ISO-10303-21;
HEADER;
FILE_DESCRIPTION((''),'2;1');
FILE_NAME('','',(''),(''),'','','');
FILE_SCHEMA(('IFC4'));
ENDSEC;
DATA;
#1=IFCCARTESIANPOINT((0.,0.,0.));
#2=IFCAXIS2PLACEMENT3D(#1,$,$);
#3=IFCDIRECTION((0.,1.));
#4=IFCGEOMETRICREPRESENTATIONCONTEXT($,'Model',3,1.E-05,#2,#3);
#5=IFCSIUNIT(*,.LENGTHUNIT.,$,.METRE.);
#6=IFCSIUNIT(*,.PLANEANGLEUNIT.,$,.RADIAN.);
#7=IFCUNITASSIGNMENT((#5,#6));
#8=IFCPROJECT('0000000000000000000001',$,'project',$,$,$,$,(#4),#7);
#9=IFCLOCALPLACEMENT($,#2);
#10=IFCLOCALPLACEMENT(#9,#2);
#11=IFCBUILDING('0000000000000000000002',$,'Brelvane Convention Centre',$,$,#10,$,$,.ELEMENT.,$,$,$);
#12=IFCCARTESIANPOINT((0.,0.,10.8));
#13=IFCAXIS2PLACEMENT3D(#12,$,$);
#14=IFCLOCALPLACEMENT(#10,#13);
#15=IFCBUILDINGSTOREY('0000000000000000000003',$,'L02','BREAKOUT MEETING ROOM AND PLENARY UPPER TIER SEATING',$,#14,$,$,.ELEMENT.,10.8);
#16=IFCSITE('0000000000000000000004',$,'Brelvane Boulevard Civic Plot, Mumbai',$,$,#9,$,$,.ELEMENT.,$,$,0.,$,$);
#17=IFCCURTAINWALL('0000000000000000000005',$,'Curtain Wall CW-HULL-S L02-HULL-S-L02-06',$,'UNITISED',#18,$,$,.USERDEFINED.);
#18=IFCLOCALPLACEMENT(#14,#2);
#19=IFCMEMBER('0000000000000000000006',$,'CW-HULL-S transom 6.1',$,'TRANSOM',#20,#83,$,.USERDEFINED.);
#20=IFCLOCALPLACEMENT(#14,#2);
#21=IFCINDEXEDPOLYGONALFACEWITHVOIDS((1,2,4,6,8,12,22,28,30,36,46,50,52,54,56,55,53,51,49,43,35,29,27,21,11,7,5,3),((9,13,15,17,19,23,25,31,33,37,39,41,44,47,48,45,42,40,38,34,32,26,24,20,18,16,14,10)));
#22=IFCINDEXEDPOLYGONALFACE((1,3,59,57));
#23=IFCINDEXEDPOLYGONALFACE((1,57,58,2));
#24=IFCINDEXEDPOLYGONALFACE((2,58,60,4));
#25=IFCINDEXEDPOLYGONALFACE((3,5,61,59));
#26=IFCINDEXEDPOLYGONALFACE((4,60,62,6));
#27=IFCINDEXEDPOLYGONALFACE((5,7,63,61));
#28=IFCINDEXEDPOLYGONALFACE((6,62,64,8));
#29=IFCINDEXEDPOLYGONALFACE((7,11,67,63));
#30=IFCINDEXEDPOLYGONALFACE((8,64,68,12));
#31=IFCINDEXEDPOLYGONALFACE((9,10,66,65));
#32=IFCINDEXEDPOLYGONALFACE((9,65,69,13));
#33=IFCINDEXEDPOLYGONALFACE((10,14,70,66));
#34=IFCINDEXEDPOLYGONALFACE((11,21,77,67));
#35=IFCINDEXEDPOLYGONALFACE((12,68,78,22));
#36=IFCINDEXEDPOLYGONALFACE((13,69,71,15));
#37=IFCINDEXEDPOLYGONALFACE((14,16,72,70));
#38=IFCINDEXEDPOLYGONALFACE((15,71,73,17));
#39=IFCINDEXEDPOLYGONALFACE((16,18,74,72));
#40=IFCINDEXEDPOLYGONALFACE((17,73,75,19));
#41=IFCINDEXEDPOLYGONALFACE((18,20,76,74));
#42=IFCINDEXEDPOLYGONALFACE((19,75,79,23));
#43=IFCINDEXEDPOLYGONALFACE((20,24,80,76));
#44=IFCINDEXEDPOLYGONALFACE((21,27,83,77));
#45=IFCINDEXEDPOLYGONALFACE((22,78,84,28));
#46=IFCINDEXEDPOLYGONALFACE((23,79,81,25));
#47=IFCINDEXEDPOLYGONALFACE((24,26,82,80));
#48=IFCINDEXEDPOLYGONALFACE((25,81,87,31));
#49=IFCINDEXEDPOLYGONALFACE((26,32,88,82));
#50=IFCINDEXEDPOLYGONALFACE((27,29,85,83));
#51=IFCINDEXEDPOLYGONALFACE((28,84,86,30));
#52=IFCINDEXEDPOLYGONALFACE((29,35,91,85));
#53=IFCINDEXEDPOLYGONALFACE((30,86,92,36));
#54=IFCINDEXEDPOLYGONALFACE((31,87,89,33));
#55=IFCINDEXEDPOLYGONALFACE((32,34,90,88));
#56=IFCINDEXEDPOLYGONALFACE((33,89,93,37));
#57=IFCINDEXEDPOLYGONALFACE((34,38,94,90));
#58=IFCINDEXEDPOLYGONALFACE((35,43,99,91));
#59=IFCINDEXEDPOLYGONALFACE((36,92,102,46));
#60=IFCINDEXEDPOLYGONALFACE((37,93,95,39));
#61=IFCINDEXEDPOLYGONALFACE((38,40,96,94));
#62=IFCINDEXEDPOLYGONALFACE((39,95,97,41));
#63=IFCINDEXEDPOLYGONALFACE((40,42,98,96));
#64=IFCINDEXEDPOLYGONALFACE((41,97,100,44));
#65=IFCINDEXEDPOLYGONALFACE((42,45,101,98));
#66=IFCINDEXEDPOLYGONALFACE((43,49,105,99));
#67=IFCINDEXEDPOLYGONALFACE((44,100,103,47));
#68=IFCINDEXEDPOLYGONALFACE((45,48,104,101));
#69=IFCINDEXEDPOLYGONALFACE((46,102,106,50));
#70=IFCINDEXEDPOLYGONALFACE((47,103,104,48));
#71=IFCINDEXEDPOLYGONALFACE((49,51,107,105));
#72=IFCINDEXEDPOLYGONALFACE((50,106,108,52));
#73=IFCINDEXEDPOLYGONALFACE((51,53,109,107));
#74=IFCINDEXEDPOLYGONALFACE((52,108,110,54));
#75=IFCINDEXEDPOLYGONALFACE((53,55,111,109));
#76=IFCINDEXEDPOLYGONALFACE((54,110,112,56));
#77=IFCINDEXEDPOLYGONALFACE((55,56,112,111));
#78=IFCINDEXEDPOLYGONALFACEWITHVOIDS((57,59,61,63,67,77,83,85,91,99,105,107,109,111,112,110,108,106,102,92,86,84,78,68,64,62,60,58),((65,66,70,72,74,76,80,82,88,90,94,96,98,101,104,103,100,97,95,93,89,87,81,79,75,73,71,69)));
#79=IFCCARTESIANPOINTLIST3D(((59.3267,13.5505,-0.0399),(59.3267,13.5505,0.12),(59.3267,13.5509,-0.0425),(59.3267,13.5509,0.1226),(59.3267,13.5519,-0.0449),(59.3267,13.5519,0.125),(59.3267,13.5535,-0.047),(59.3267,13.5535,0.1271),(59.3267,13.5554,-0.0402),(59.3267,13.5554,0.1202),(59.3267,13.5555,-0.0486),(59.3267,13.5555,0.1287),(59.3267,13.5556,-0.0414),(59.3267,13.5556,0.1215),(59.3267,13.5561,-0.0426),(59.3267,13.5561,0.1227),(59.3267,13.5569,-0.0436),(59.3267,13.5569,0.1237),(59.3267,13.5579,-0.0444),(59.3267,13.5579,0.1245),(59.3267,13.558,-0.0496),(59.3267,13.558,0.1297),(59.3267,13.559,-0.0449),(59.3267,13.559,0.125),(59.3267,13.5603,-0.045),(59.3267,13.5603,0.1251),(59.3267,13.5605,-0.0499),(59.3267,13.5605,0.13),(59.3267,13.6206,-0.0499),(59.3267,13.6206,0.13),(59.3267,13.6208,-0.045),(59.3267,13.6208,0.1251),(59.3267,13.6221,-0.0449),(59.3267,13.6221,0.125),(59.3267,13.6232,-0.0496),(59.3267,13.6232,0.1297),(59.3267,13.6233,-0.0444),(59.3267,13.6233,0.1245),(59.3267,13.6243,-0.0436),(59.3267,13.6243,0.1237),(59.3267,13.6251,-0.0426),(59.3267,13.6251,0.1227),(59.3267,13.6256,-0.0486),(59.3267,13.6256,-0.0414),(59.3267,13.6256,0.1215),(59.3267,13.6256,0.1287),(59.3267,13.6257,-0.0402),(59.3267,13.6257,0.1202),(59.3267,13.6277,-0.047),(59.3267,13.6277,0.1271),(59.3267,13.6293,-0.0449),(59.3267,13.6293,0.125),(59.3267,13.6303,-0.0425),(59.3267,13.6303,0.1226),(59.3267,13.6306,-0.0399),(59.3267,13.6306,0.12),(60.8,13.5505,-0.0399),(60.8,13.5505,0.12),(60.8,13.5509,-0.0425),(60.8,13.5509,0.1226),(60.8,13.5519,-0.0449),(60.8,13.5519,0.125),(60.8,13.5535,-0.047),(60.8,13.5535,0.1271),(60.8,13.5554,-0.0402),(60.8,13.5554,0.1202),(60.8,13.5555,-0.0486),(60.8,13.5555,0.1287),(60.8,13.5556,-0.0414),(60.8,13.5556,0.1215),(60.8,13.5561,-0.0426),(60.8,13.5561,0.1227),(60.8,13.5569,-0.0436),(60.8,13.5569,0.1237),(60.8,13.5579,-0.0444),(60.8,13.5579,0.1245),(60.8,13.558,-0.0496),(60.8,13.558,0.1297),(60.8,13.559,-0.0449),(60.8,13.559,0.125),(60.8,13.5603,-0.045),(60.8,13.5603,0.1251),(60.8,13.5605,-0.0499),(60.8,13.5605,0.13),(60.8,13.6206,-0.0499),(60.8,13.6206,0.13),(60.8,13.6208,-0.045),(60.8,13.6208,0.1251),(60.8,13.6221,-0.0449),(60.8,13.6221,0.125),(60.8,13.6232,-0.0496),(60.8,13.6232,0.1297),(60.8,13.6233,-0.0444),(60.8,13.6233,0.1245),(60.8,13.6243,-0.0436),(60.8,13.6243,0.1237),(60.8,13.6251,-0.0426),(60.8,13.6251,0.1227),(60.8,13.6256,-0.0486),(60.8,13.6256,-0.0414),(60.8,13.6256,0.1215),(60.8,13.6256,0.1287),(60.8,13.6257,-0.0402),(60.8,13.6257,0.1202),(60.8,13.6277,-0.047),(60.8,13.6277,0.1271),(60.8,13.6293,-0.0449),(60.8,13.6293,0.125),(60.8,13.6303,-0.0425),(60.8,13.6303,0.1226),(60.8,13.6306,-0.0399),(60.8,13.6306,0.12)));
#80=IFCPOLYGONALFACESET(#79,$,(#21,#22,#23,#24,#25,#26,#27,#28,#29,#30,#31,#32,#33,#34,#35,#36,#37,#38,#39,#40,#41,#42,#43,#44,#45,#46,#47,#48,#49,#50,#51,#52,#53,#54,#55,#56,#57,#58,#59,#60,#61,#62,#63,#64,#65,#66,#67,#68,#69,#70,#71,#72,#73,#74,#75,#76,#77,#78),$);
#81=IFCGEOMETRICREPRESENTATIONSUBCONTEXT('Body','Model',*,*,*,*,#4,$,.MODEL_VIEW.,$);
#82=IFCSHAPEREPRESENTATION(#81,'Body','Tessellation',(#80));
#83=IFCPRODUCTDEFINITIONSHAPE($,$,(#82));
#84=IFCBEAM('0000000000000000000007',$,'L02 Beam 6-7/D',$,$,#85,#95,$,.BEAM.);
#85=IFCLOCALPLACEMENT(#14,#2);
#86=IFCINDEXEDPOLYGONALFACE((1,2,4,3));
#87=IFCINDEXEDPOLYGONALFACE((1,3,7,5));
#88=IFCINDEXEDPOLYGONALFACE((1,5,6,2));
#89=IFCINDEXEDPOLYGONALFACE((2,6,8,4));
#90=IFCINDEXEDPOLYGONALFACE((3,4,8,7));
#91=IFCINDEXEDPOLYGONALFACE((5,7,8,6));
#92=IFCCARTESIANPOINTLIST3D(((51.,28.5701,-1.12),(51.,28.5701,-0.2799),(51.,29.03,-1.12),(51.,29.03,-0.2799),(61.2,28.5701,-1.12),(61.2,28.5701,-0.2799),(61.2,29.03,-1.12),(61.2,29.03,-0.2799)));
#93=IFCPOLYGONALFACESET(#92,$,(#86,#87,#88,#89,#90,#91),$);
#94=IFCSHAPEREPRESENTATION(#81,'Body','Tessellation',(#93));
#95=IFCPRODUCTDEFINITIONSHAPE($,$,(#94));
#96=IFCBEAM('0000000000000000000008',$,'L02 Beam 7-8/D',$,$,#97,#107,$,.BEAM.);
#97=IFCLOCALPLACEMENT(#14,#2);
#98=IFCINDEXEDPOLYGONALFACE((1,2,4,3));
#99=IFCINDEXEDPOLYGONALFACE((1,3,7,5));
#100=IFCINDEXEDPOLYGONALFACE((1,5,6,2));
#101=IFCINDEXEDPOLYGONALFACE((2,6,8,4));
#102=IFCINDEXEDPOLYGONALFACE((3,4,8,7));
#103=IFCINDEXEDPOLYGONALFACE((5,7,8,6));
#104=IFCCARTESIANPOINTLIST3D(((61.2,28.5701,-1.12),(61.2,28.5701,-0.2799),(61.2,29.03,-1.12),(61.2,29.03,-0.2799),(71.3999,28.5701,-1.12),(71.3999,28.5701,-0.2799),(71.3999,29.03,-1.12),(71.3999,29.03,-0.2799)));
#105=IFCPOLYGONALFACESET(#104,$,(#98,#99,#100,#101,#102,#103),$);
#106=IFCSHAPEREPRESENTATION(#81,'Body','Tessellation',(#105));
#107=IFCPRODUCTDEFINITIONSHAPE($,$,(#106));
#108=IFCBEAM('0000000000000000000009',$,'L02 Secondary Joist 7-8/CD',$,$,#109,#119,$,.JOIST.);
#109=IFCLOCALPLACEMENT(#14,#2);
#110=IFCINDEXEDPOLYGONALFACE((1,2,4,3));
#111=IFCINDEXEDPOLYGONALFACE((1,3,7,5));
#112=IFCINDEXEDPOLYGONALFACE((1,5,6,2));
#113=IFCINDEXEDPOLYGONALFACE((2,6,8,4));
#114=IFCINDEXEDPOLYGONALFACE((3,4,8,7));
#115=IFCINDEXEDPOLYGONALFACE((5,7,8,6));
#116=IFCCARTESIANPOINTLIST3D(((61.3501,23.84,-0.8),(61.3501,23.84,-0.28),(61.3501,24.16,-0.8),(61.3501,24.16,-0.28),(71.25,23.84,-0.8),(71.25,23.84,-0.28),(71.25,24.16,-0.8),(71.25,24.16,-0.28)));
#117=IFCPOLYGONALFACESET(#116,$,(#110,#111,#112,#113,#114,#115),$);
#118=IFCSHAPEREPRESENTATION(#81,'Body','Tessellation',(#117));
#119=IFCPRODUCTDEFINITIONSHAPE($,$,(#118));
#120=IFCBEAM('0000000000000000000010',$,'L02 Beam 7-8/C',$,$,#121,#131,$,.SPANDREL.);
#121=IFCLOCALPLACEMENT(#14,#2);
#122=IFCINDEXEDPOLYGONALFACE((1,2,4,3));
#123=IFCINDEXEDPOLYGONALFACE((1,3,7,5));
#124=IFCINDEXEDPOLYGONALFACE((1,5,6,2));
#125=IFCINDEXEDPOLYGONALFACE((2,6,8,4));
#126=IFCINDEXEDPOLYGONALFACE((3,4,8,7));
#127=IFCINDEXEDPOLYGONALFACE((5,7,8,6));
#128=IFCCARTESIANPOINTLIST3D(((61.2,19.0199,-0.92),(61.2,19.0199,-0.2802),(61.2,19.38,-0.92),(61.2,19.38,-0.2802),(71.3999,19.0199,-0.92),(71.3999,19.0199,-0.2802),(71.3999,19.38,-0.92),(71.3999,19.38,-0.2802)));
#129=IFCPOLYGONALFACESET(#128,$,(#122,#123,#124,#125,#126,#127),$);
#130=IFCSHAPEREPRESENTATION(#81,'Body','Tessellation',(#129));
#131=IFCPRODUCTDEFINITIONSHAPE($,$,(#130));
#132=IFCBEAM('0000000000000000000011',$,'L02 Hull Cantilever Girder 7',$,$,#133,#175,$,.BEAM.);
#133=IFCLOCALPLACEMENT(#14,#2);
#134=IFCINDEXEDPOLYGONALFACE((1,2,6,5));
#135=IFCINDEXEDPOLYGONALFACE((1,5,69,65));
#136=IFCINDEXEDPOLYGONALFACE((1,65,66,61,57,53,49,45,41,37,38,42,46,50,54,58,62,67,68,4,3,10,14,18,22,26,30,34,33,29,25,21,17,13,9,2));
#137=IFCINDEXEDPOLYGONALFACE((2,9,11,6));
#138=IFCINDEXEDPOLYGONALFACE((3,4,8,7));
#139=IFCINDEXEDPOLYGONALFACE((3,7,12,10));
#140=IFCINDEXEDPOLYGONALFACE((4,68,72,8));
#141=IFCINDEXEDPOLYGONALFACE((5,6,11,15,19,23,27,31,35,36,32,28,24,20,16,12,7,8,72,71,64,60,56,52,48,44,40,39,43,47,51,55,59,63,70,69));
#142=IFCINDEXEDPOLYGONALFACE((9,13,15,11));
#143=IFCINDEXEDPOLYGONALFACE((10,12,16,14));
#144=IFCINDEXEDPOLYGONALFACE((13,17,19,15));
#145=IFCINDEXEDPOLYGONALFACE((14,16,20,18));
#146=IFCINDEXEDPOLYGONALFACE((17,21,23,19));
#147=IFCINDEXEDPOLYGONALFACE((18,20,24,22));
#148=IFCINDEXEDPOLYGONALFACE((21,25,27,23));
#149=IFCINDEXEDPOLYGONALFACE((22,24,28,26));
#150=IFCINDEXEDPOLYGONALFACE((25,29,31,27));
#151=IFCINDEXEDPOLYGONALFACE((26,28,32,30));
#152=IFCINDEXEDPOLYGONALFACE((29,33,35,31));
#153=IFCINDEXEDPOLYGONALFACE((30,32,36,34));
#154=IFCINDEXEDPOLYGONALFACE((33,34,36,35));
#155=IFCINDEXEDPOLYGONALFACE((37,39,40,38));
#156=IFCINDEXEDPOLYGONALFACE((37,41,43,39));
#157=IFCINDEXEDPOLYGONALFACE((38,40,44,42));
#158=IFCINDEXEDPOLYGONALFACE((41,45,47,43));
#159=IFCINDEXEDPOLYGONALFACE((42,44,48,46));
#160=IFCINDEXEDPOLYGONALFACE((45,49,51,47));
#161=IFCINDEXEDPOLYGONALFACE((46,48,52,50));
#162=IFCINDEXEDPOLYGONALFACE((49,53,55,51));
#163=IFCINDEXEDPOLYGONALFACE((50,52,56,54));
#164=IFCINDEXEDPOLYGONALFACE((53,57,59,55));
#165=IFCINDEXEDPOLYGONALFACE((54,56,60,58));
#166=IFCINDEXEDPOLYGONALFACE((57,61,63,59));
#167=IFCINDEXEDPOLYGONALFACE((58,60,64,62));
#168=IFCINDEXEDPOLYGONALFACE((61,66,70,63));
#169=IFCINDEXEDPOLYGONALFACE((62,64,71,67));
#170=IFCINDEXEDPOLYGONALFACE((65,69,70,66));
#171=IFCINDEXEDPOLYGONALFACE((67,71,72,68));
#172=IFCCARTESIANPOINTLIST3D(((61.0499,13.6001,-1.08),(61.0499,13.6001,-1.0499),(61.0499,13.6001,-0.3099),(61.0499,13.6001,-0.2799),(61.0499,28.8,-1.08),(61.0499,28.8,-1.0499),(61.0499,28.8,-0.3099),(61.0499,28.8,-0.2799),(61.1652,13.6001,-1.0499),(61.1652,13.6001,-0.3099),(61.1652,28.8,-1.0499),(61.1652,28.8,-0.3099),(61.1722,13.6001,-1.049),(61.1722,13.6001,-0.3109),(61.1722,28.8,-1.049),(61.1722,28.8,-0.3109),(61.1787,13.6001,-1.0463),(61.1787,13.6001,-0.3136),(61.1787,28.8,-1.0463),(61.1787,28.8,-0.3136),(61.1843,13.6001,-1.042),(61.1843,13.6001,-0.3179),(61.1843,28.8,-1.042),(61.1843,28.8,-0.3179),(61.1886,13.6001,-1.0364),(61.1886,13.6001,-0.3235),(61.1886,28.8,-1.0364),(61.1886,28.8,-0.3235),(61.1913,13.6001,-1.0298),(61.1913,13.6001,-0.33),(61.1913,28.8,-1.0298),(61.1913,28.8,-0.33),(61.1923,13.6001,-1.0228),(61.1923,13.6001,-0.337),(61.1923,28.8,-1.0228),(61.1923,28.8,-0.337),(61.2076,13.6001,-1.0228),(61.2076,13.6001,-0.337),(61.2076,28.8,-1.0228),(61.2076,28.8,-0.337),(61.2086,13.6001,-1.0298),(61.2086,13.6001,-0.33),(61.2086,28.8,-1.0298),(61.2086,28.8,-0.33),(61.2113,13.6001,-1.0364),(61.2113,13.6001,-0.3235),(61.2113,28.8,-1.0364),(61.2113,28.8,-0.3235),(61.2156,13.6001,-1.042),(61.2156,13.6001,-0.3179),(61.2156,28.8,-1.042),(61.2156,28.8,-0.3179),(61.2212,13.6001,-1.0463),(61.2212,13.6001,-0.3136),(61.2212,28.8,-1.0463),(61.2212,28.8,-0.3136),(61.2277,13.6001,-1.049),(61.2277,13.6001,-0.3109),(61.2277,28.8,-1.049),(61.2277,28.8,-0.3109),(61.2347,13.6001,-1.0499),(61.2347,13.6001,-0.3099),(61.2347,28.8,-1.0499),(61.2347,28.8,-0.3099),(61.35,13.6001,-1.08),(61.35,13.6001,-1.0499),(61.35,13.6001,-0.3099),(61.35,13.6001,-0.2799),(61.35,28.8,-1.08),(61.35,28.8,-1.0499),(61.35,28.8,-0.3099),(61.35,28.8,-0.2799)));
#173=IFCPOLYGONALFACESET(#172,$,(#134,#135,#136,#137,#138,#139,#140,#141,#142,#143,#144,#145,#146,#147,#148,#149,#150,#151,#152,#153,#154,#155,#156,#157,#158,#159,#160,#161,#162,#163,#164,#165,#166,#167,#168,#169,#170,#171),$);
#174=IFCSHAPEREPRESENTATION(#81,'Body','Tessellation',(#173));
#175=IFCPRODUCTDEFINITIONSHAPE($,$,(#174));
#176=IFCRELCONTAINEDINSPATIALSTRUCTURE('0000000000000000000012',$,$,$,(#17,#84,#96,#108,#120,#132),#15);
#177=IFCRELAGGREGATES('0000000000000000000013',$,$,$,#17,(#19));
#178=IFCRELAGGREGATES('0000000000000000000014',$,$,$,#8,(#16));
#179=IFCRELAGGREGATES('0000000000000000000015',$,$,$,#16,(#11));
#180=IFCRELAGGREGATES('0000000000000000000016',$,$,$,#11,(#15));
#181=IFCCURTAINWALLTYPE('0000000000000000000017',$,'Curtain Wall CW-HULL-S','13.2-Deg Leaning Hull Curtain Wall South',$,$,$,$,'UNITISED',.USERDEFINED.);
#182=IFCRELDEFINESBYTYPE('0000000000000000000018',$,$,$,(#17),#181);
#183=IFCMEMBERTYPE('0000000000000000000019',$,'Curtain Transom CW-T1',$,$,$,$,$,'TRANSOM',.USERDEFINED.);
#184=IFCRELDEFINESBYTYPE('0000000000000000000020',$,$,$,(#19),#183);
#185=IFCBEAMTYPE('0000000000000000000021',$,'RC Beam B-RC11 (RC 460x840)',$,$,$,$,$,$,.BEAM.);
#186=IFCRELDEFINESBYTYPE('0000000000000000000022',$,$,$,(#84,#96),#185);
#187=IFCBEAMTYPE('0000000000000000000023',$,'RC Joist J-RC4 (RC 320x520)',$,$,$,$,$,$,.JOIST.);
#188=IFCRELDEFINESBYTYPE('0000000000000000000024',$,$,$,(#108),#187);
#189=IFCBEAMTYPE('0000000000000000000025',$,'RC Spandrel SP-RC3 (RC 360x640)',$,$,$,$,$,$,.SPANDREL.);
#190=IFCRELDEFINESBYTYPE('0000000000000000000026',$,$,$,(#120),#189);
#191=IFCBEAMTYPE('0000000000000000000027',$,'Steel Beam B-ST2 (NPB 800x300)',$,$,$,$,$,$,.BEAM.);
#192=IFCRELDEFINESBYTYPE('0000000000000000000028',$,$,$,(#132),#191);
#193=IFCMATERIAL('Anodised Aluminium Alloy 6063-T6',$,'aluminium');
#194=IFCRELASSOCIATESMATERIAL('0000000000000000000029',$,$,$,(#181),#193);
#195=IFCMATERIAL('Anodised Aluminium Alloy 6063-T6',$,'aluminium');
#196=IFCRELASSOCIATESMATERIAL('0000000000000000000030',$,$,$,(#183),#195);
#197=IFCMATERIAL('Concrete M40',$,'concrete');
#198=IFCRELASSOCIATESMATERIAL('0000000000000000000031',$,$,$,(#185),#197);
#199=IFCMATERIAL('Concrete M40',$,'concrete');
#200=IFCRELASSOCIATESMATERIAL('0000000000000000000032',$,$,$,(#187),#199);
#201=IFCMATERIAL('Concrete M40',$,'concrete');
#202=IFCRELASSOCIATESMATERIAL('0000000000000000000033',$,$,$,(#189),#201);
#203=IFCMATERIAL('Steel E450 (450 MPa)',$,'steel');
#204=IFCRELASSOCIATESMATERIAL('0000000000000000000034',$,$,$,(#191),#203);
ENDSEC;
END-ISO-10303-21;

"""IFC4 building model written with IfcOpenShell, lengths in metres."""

from ifc_helpers import new_model, si_unit, direction, frame, origin, origin_2d, place, context, subcontext, project, spatial, rectangle, hollow_rectangle, i_section, extrude, material, material_profile, profile_set, type_object, element, aggregate, save


model = new_model("IFC4")

# Units and contexts
model_context = context("Model", 3, precision=1e-05, world=origin(), true_north=direction((0.0, 1.0)))
body_context = subcontext(model_context, "Body", "Model", "MODEL_VIEW")
ifc_project = project(units=[si_unit("LENGTHUNIT", "METRE"), si_unit("PLANEANGLEUNIT", "RADIAN")], contexts=[model_context])

# Site, building, storey
site_placement = place(None, origin())
site = spatial("IfcSite", under=ifc_project, at=site_placement, Name="Brelvane Boulevard Civic Plot, Mumbai", CompositionType="ELEMENT", RefElevation=0.0)
building_placement = place(site_placement, origin())
building = spatial("IfcBuilding", under=site, at=building_placement, Name="Brelvane Convention Centre", CompositionType="ELEMENT")
storey_placement = place(building_placement, frame((0.0, 0.0, 10.8)))
storey = spatial("IfcBuildingStorey", under=building, at=storey_placement, Name="L02", Description="BREAKOUT MEETING ROOM AND PLENARY UPPER TIER SEATING", CompositionType="ELEMENT", Elevation=10.8)

# Curtain wall, member
ifc_material_1 = material(Name="Anodised Aluminium Alloy 6063-T6", Category="aluminium")
curtain_wall_type = type_object("IfcCurtainWallType", Name="Curtain Wall CW-HULL-S", Description="13.2-Deg Leaning Hull Curtain Wall South", ElementType="UNITISED", PredefinedType="USERDEFINED", material=ifc_material_1)
curtain_wall_placement = place(storey_placement, origin())
curtain_wall = element("IfcCurtainWall", 1, at=curtain_wall_placement, inside=storey, type_object=curtain_wall_type, Name="Curtain Wall CW-HULL-S L02-HULL-S-L02-06", ObjectType="UNITISED", PredefinedType="USERDEFINED")
ifc_material_2 = material(Name="Anodised Aluminium Alloy 6063-T6", Category="aluminium")
ifc_material_profile_1 = material_profile(ifc_material_2, hollow_rectangle(XDim=0.0801, YDim=0.1799, WallThickness=0.0049, InnerFilletRadius=0.0049, OuterFilletRadius=0.01, at=origin_2d()), Name="ALU-T 180x80x5.0")
ifc_profile_set_1 = profile_set([ifc_material_profile_1], Name="Anodised Aluminium Alloy 6063-T6")
member_type_1 = type_object("IfcMemberType", Name="Curtain Transom CW-T1", ElementType="TRANSOM", PredefinedType="USERDEFINED", material=ifc_profile_set_1)
member_1_placement = place(storey_placement, frame((59.3267, 13.5906, 0.04), z_axis=(1.0, 0.0, 0.0), x_axis=(0.0, 1.0, 0.0)))
member_1 = element("IfcMember", 2, at=member_1_placement, type_object=member_type_1, Name="CW-HULL-S transom 6.1", ObjectType="TRANSOM", PredefinedType="USERDEFINED", context=body_context, shape_type="SweptSolid", body=[
    extrude(hollow_rectangle(XDim=0.0801, YDim=0.1799, WallThickness=0.0049, InnerFilletRadius=0.0049, OuterFilletRadius=0.01, at=origin_2d()), origin(), (0.0, 0.0, 1.0), 1.4734),
])

# Beams
ifc_material_3 = material(Name="Concrete M40", Category="concrete")
ifc_material_profile_2 = material_profile(ifc_material_3, rectangle(XDim=0.46, YDim=0.8401, at=origin_2d()), Name="RC 460x840")
ifc_profile_set_2 = profile_set([ifc_material_profile_2], Name="Concrete M40")
beam_type_1 = type_object("IfcBeamType", Name="RC Beam B-RC11 (RC 460x840)", PredefinedType="BEAM", material=ifc_profile_set_2)
for number, where, z_axis, x_axis, name in (
    (3, (51.0, 28.8, -0.7), (1.0, 0.0, 0.0), (0.0, 1.0, 0.0), "L02 Beam 6-7/D"),
    (4, (61.2, 28.8, -0.7), (1.0, 0.0, 0.0), (0.0, 1.0, 0.0), "L02 Beam 7-8/D"),
):
    element("IfcBeam", number, at=place(storey_placement, frame(where, z_axis=z_axis, x_axis=x_axis)), inside=storey, type_object=beam_type_1, Name=name, PredefinedType="BEAM", context=body_context, shape_type="SweptSolid", body=[
        extrude(rectangle(XDim=0.46, YDim=0.8401, at=origin_2d()), origin(), (0.0, 0.0, 1.0), 10.2),
    ])
ifc_material_4 = material(Name="Concrete M40", Category="concrete")
ifc_material_profile_3 = material_profile(ifc_material_4, rectangle(XDim=0.3201, YDim=0.52, at=origin_2d()), Name="RC 320x520")
ifc_profile_set_3 = profile_set([ifc_material_profile_3], Name="Concrete M40")
beam_type_2 = type_object("IfcBeamType", Name="RC Joist J-RC4 (RC 320x520)", PredefinedType="JOIST", material=ifc_profile_set_3)
beam_1_placement = place(storey_placement, frame((61.3501, 24.0, -0.54), z_axis=(1.0, 0.0, 0.0), x_axis=(0.0, 1.0, 0.0)))
element("IfcBeam", 5, at=beam_1_placement, inside=storey, type_object=beam_type_2, Name="L02 Secondary Joist 7-8/CD", PredefinedType="JOIST", context=body_context, shape_type="SweptSolid", body=[
    extrude(rectangle(XDim=0.3201, YDim=0.52, at=origin_2d()), origin(), (0.0, 0.0, 1.0), 9.8999),
])
ifc_material_5 = material(Name="Concrete M40", Category="concrete")
ifc_material_profile_4 = material_profile(ifc_material_5, rectangle(XDim=0.3601, YDim=0.6399, at=origin_2d()), Name="RC 360x640")
ifc_profile_set_4 = profile_set([ifc_material_profile_4], Name="Concrete M40")
beam_type_3 = type_object("IfcBeamType", Name="RC Spandrel SP-RC3 (RC 360x640)", PredefinedType="SPANDREL", material=ifc_profile_set_4)
beam_2_placement = place(storey_placement, frame((61.2, 19.2, -0.6001), z_axis=(1.0, 0.0, 0.0), x_axis=(0.0, 1.0, 0.0)))
element("IfcBeam", 6, at=beam_2_placement, inside=storey, type_object=beam_type_3, Name="L02 Beam 7-8/C", PredefinedType="SPANDREL", context=body_context, shape_type="SweptSolid", body=[
    extrude(rectangle(XDim=0.3601, YDim=0.6399, at=origin_2d()), origin(), (0.0, 0.0, 1.0), 10.2),
])
ifc_material_6 = material(Name="Steel E450 (450 MPa)", Category="steel")
ifc_material_profile_5 = material_profile(ifc_material_6, i_section(OverallWidth=0.3, OverallDepth=0.8, WebThickness=0.0154, FlangeThickness=0.03, FilletRadius=0.0271, at=origin_2d()), Name="NPB 800x300")
ifc_profile_set_5 = profile_set([ifc_material_profile_5], Name="Steel E450 (450 MPa)")
beam_type_4 = type_object("IfcBeamType", Name="Steel Beam B-ST2 (NPB 800x300)", PredefinedType="BEAM", material=ifc_profile_set_5)
beam_3_placement = place(storey_placement, frame((61.2, 13.6001, -0.6799), z_axis=(0.0, 1.0, 0.0), x_axis=(-1.0, 0.0, 0.0)))
element("IfcBeam", 7, at=beam_3_placement, inside=storey, type_object=beam_type_4, Name="L02 Hull Cantilever Girder 7", PredefinedType="BEAM", context=body_context, shape_type="SweptSolid", body=[
    extrude(i_section(OverallWidth=0.3, OverallDepth=0.8, WebThickness=0.0154, FlangeThickness=0.03, FilletRadius=0.0271, at=origin_2d()), origin(), (0.0, 0.0, 1.0), 15.2),
])

aggregate(curtain_wall, [member_1])

save(model, "model.ifc")
